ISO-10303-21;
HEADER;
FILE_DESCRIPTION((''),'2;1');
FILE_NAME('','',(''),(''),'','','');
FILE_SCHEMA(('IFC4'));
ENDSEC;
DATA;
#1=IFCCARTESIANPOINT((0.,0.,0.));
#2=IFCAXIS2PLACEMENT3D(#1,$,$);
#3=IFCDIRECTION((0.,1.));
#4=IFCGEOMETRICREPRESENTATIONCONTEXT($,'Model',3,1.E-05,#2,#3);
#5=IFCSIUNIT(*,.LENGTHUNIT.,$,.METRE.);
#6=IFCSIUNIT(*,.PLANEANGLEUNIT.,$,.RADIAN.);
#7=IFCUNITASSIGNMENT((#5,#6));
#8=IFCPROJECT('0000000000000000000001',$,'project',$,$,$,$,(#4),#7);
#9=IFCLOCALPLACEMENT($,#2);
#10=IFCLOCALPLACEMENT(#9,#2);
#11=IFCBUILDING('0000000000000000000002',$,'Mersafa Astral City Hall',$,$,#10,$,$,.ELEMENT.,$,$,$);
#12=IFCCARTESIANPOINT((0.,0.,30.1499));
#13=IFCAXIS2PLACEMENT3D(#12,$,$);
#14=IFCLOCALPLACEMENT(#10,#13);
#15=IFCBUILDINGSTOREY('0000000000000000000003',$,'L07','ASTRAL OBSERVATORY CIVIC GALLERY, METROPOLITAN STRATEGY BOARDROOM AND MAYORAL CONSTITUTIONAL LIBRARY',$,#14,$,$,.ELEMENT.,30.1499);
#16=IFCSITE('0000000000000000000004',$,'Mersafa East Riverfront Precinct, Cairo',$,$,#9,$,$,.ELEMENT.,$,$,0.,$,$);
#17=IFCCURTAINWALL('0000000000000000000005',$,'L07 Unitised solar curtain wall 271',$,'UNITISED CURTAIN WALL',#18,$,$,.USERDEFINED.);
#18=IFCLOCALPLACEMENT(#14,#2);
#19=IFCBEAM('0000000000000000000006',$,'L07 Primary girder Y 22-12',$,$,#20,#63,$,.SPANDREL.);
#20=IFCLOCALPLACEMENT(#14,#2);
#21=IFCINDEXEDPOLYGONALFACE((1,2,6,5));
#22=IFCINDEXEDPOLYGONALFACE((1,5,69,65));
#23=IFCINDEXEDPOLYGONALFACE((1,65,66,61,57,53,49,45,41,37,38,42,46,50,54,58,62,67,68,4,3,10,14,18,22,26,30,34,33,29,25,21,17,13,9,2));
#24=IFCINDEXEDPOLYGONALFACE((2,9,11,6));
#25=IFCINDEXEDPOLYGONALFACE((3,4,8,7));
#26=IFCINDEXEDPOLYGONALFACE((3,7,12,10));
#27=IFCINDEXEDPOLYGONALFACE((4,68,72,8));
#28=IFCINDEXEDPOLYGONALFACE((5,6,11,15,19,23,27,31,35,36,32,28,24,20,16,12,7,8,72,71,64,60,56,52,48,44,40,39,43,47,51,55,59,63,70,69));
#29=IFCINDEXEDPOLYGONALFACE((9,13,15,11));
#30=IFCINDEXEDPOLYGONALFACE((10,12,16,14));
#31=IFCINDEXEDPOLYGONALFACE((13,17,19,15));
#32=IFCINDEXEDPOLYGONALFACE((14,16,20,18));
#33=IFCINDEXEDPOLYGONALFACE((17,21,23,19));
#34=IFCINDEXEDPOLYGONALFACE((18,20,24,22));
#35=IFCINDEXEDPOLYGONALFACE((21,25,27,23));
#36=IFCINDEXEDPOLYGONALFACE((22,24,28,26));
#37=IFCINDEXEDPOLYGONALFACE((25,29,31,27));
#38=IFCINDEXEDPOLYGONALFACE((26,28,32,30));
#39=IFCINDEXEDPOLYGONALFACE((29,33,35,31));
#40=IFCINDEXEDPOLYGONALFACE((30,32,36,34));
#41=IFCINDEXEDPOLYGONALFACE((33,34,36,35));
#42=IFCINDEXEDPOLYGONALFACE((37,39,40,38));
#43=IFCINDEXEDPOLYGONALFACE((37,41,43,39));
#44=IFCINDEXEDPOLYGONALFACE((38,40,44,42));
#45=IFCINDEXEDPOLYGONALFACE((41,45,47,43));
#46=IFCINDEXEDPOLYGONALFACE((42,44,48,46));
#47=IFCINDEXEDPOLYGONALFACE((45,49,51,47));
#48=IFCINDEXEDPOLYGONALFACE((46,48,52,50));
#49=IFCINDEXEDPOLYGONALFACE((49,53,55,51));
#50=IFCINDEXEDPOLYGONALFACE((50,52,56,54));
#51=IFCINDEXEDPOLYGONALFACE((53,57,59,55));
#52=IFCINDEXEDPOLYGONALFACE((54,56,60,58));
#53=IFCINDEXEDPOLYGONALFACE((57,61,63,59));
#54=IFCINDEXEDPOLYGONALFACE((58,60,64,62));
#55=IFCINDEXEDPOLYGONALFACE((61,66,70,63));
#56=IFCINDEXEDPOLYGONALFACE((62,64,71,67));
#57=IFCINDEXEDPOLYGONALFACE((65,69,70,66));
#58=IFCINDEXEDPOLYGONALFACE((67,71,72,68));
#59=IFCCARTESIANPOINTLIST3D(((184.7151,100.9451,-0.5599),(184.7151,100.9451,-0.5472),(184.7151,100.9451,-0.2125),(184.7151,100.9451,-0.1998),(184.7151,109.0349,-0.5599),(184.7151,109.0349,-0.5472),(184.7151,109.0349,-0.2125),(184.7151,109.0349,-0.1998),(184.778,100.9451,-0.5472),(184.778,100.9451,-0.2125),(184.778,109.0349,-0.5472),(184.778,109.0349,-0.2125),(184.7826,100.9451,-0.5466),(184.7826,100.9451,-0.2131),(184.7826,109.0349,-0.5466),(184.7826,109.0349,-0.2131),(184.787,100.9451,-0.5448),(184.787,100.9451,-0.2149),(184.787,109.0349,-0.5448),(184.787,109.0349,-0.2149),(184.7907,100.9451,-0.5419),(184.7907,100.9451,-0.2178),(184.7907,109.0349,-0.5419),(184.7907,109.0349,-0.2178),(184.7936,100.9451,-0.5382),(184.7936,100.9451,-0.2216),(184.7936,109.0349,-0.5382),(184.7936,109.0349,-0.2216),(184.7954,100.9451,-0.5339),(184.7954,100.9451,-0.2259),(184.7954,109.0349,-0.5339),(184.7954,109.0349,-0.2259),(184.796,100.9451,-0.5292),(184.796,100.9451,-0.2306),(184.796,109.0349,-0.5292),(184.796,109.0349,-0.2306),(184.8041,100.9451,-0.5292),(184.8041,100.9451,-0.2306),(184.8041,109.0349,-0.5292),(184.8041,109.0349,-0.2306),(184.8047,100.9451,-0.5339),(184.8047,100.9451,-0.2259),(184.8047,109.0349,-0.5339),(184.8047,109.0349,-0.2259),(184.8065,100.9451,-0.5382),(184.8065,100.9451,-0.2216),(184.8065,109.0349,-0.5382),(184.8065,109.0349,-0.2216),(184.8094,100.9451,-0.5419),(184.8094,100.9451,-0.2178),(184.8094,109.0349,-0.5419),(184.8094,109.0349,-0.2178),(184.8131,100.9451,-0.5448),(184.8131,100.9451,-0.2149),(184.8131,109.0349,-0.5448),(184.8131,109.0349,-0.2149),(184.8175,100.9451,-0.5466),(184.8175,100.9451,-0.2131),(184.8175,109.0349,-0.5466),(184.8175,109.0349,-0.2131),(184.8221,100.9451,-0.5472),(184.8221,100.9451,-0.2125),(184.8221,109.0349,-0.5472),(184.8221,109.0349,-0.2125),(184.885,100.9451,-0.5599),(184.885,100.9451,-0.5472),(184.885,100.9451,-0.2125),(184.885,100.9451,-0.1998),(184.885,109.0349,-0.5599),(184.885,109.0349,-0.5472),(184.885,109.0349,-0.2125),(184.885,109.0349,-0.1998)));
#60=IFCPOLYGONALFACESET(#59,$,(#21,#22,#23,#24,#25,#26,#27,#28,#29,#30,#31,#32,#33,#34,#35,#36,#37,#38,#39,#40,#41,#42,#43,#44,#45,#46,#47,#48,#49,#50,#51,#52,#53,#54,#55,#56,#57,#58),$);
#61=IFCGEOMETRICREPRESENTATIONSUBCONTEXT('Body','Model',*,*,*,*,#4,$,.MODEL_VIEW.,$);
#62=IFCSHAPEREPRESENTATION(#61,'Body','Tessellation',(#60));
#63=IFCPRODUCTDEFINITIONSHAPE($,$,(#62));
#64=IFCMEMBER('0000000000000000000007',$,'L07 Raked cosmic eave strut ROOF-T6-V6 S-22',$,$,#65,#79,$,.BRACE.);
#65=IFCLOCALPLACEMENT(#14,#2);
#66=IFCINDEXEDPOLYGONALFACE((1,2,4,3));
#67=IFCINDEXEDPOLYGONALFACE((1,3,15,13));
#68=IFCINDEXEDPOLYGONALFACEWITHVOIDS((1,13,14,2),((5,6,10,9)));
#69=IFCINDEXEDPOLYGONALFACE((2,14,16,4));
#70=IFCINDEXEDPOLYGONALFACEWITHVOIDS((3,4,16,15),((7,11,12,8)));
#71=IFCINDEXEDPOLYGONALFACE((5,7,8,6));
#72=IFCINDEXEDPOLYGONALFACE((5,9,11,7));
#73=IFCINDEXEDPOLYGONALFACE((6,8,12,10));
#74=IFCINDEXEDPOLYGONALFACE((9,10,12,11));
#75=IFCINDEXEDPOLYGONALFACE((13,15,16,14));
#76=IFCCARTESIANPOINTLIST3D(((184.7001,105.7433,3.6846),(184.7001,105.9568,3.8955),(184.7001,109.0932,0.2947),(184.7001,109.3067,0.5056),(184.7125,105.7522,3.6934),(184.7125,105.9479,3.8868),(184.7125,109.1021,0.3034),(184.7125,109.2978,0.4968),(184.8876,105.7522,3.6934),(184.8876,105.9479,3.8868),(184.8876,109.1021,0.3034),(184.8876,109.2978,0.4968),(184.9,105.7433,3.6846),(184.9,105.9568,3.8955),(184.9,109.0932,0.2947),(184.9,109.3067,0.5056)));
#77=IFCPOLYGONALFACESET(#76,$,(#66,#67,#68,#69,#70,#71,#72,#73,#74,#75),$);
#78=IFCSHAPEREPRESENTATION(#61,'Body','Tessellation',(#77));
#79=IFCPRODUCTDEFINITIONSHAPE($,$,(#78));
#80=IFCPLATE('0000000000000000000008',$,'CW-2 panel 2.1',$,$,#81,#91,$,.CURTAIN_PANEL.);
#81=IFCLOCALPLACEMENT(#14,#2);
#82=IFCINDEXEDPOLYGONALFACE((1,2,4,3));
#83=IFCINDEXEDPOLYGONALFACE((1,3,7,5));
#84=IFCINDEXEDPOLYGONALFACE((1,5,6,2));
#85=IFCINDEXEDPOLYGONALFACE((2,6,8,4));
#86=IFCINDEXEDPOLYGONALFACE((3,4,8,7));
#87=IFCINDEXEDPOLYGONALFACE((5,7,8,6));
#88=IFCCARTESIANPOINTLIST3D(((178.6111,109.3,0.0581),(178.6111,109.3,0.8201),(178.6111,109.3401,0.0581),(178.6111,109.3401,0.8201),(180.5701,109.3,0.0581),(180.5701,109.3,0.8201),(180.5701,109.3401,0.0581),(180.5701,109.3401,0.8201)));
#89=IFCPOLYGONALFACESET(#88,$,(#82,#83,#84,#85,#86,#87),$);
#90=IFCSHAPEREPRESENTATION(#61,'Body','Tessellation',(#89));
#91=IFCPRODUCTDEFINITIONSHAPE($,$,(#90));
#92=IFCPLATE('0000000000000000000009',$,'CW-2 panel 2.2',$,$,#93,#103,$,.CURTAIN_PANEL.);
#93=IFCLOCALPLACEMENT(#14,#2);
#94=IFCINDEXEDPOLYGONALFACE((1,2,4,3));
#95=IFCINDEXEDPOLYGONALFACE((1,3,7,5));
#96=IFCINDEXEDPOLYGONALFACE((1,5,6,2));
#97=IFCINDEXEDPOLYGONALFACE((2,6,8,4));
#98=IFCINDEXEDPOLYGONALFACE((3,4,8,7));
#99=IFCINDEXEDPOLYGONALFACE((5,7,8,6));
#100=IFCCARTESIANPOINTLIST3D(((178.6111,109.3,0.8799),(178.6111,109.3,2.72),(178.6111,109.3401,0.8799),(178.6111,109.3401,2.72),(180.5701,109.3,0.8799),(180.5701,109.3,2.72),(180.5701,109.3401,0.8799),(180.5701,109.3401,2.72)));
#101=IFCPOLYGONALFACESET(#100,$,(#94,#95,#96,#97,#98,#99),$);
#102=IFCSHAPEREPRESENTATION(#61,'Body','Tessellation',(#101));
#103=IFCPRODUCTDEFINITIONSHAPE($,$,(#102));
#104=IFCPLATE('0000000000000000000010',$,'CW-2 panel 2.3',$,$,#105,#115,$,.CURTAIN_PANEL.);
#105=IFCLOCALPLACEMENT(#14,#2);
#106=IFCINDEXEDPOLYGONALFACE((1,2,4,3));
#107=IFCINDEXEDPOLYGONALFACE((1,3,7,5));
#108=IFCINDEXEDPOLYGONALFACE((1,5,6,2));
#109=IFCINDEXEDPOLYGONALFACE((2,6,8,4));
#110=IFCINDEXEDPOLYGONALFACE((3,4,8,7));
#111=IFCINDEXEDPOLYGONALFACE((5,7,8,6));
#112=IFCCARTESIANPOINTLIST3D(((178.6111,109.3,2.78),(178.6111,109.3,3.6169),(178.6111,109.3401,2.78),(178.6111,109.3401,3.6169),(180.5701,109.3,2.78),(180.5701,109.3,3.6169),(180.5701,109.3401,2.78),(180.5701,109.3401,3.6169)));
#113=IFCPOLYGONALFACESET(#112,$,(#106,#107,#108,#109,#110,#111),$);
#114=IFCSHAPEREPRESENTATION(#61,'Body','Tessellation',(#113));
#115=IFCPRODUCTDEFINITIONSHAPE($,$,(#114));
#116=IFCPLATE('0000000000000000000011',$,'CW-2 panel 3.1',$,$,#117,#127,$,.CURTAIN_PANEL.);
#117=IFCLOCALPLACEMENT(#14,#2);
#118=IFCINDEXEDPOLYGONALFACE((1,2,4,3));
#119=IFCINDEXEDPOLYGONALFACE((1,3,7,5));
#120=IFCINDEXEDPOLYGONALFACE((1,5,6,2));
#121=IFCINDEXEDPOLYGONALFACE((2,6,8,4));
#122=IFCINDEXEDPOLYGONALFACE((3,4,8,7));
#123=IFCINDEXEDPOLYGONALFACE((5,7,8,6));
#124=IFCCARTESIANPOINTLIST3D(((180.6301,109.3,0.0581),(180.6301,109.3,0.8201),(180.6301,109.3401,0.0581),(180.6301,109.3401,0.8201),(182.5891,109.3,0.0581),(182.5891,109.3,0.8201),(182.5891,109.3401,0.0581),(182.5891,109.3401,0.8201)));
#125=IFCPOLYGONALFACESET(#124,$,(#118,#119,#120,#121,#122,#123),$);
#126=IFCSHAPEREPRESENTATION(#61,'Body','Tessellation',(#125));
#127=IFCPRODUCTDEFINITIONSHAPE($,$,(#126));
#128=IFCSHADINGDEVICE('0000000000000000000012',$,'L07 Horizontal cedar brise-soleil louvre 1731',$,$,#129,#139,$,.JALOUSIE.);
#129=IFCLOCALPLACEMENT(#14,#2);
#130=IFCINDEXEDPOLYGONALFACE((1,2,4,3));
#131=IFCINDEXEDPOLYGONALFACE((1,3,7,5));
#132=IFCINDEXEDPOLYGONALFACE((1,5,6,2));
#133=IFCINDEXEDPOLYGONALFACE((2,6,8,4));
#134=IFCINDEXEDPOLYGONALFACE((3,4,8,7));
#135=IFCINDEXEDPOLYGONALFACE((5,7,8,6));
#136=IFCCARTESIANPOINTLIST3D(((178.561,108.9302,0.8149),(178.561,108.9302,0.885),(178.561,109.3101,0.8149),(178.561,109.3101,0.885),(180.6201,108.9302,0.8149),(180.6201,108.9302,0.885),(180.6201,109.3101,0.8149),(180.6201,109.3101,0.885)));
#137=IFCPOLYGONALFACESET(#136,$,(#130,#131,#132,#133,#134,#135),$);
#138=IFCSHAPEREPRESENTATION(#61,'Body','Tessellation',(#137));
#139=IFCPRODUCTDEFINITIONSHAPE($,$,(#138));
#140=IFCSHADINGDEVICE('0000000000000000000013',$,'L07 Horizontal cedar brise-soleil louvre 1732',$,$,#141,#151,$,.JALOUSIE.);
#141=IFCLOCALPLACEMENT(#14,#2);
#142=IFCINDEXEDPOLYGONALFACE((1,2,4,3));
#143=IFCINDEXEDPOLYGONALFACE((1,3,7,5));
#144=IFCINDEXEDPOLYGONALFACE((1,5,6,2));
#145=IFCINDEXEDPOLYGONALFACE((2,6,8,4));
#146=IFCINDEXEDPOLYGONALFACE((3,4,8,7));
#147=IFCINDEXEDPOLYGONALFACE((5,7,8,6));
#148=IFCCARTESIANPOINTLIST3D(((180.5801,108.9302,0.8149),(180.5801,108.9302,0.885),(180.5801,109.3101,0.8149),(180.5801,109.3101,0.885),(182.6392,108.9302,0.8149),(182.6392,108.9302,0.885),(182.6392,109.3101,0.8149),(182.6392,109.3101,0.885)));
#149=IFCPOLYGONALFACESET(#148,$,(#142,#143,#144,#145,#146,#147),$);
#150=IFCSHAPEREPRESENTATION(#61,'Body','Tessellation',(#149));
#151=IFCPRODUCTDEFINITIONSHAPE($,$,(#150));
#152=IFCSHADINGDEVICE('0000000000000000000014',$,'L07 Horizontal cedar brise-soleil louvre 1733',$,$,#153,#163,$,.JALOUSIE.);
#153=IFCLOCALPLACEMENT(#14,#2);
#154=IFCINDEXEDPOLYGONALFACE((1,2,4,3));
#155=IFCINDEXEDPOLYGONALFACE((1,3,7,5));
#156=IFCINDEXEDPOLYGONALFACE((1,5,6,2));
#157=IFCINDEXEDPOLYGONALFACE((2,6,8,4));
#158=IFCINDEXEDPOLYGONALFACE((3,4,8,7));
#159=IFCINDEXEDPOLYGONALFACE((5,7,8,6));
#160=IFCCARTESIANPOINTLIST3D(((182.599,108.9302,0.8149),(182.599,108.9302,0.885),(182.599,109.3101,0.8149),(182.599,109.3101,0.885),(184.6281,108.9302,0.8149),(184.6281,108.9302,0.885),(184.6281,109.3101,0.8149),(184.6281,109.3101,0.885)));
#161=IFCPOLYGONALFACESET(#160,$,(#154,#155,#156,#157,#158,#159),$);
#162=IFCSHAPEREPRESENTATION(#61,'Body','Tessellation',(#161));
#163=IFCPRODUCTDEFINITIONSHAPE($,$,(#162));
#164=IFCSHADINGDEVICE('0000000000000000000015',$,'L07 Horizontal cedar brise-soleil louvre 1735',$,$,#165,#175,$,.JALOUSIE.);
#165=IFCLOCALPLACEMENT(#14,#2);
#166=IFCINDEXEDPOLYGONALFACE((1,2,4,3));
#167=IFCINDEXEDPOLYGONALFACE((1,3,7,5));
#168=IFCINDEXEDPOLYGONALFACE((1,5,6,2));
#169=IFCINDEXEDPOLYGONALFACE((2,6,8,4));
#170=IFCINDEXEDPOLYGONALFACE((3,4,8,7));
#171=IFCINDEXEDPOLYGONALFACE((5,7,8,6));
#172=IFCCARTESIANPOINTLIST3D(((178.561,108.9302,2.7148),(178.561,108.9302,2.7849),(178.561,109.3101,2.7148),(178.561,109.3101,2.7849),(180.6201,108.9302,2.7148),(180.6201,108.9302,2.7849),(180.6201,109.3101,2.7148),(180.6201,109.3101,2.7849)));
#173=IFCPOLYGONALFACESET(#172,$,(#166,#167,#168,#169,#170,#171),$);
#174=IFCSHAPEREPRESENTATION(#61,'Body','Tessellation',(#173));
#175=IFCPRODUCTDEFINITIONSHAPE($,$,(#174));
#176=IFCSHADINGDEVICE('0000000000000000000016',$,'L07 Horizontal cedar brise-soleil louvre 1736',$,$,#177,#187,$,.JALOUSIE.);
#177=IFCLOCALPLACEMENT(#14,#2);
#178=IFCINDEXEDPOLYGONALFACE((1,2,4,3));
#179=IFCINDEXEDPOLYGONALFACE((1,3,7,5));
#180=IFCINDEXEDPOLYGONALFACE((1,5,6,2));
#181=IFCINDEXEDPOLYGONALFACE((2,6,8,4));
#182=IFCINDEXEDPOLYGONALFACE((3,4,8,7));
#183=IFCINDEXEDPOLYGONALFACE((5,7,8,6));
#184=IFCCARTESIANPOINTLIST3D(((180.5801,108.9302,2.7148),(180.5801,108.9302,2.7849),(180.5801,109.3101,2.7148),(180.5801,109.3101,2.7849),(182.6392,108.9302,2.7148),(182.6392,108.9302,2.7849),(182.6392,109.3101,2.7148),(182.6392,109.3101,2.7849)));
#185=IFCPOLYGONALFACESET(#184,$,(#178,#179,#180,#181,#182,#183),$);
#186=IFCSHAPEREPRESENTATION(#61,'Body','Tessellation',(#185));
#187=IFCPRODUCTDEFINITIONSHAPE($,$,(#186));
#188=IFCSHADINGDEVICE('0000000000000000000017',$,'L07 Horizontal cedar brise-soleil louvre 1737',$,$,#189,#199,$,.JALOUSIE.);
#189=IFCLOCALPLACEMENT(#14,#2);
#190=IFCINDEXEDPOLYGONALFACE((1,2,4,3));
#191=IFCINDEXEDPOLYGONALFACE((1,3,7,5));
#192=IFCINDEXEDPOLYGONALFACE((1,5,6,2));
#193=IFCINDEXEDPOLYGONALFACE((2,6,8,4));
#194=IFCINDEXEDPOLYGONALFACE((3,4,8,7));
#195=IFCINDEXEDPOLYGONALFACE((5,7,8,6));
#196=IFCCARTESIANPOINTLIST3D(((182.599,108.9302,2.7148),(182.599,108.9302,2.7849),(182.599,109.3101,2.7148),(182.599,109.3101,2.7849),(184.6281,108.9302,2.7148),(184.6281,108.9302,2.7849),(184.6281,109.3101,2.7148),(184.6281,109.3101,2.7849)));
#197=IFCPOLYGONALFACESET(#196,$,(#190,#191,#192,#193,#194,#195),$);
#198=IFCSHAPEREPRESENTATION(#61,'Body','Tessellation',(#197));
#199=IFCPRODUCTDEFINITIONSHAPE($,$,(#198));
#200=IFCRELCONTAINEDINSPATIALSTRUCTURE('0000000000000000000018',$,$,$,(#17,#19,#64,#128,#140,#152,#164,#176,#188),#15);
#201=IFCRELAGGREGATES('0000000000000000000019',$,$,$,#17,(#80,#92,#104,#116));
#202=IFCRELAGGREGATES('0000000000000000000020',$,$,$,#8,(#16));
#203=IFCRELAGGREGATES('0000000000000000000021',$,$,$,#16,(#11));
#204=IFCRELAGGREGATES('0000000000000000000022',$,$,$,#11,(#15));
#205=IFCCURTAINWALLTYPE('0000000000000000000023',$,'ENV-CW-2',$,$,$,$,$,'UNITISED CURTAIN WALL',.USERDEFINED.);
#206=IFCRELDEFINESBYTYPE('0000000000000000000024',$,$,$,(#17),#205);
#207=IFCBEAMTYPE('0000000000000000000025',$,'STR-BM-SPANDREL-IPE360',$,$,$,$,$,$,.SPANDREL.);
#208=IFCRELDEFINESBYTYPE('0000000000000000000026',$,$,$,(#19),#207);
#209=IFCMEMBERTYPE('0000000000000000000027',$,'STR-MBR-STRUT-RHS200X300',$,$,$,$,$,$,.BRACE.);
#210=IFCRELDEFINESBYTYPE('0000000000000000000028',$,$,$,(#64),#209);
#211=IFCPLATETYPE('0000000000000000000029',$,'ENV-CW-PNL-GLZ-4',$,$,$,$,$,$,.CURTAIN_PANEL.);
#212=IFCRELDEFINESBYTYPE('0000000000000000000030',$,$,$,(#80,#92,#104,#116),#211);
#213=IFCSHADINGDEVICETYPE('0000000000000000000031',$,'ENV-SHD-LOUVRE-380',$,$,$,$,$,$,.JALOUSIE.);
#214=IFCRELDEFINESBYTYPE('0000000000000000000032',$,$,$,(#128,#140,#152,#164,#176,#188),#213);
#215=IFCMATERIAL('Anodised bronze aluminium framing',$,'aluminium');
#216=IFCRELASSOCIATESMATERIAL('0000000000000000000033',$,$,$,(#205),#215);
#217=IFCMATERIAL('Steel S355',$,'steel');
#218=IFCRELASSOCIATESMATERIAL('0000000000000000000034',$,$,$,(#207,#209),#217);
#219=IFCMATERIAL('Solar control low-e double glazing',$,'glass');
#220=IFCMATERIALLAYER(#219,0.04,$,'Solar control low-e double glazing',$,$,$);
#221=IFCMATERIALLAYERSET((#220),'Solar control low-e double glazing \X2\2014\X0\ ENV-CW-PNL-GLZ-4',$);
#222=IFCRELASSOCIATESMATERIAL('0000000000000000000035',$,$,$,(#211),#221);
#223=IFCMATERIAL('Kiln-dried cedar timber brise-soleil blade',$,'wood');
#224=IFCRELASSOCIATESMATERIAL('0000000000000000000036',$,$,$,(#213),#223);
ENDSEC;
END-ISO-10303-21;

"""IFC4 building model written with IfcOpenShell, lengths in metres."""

from ifc_helpers import new_model, si_unit, direction, frame, origin, origin_2d, place, context, subcontext, project, spatial, rectangle, hollow_rectangle, i_section, extrude, material, layer, layer_set, material_profile, profile_set, type_object, element, aggregate, save


model = new_model("IFC4")

# Units and contexts
model_context = context("Model", 3, precision=1e-05, world=origin(), true_north=direction((0.0, 1.0)))
body_context = subcontext(model_context, "Body", "Model", "MODEL_VIEW")
ifc_project = project(units=[si_unit("LENGTHUNIT", "METRE"), si_unit("PLANEANGLEUNIT", "RADIAN")], contexts=[model_context])

# Site, building, storey
site_placement = place(None, origin())
site = spatial("IfcSite", under=ifc_project, at=site_placement, Name="Mersafa East Riverfront Precinct, Cairo", CompositionType="ELEMENT", RefElevation=0.0)
building_placement = place(site_placement, origin())
building = spatial("IfcBuilding", under=site, at=building_placement, Name="Mersafa Astral City Hall", CompositionType="ELEMENT")
storey_placement = place(building_placement, frame((0.0, 0.0, 30.1499)))
storey = spatial("IfcBuildingStorey", under=building, at=storey_placement, Name="L07", Description="ASTRAL OBSERVATORY CIVIC GALLERY, METROPOLITAN STRATEGY BOARDROOM AND MAYORAL CONSTITUTIONAL LIBRARY", CompositionType="ELEMENT", Elevation=30.1499)

# Shared definitions
ifc_material_1 = material(Name="Steel S355", Category="steel")

# Curtain wall
ifc_material_2 = material(Name="Anodised bronze aluminium framing", Category="aluminium")
curtain_wall_type = type_object("IfcCurtainWallType", Name="ENV-CW-2", ElementType="UNITISED CURTAIN WALL", PredefinedType="USERDEFINED", material=ifc_material_2)
curtain_wall_placement = place(storey_placement, origin())
curtain_wall = element("IfcCurtainWall", 1, at=curtain_wall_placement, inside=storey, type_object=curtain_wall_type, Name="L07 Unitised solar curtain wall 271", ObjectType="UNITISED CURTAIN WALL", PredefinedType="USERDEFINED")

# Beam
ifc_material_profile_1 = material_profile(ifc_material_1, i_section(OverallWidth=0.1699, OverallDepth=0.3601, WebThickness=0.0081, FlangeThickness=0.0127, FilletRadius=0.0181, at=origin_2d()), Name="IPE 360")
ifc_profile_set_1 = profile_set([ifc_material_profile_1], Name="Steel S355")
beam_type_1 = type_object("IfcBeamType", Name="STR-BM-SPANDREL-IPE360", PredefinedType="SPANDREL", material=ifc_profile_set_1)
beam_placement = place(storey_placement, frame((184.8, 100.9451, -0.3799), z_axis=(0.0, 1.0, 0.0), x_axis=(-1.0, 0.0, 0.0)))
element("IfcBeam", 2, at=beam_placement, inside=storey, type_object=beam_type_1, Name="L07 Primary girder Y 22-12", PredefinedType="SPANDREL", context=body_context, shape_type="SweptSolid", body=[
    extrude(i_section(OverallWidth=0.1699, OverallDepth=0.3601, WebThickness=0.0081, FlangeThickness=0.0127, FilletRadius=0.0181, at=origin_2d()), origin(), (0.0, 0.0, 1.0), 8.0898),
])

# Member
ifc_material_profile_2 = material_profile(ifc_material_1, hollow_rectangle(XDim=0.2, YDim=0.3, WallThickness=0.0125, at=origin_2d()), Name="RHS 200x300x12.5")
ifc_profile_set_2 = profile_set([ifc_material_profile_2], Name="Steel S355")
member_type_1 = type_object("IfcMemberType", Name="STR-MBR-STRUT-RHS200X300", PredefinedType="BRACE", material=ifc_profile_set_2)
member_1_placement = place(storey_placement, frame((184.8, 109.2, 0.4001), z_axis=(0.0, -0.702894, 0.711295), x_axis=(1.0, 0.0, 0.0)))
element("IfcMember", 3, at=member_1_placement, inside=storey, type_object=member_type_1, Name="L07 Raked cosmic eave strut ROOF-T6-V6 S-22", PredefinedType="BRACE", context=body_context, shape_type="SweptSolid", body=[
    extrude(hollow_rectangle(XDim=0.2, YDim=0.3, WallThickness=0.0125, at=origin_2d()), origin(), (0.0, 0.0, 1.0), 4.7659),
])

# Plates
ifc_material_3 = material(Name="Solar control low-e double glazing", Category="glass")
ifc_layer = layer(ifc_material_3, 0.04, Name="Solar control low-e double glazing")
ifc_layer_set = layer_set([ifc_layer], Name="Solar control low-e double glazing — ENV-CW-PNL-GLZ-4")
plate_type = type_object("IfcPlateType", Name="ENV-CW-PNL-GLZ-4", PredefinedType="CURTAIN_PANEL", material=ifc_layer_set)
plate_1_placement = place(storey_placement, frame((179.5906, 109.3201, 0.0581), z_axis=(0.0, 0.0, 1.0), x_axis=(1.0, 0.0, 0.0)))
plate_1 = element("IfcPlate", 4, at=plate_1_placement, type_object=plate_type, Name="CW-2 panel 2.1", PredefinedType="CURTAIN_PANEL", context=body_context, shape_type="SweptSolid", body=[
    extrude(rectangle(XDim=1.959, YDim=0.04, at=origin_2d()), origin(), (0.0, 0.0, 1.0), 0.762),
])
plate_2_placement = place(storey_placement, frame((179.5906, 109.3201, 0.8799), z_axis=(0.0, 0.0, 1.0), x_axis=(1.0, 0.0, 0.0)))
plate_2 = element("IfcPlate", 5, at=plate_2_placement, type_object=plate_type, Name="CW-2 panel 2.2", PredefinedType="CURTAIN_PANEL", context=body_context, shape_type="SweptSolid", body=[
    extrude(rectangle(XDim=1.959, YDim=0.04, at=origin_2d()), origin(), (0.0, 0.0, 1.0), 1.8401),
])
plate_3_placement = place(storey_placement, frame((179.5906, 109.3201, 2.78), z_axis=(0.0, 0.0, 1.0), x_axis=(1.0, 0.0, 0.0)))
plate_3 = element("IfcPlate", 6, at=plate_3_placement, type_object=plate_type, Name="CW-2 panel 2.3", PredefinedType="CURTAIN_PANEL", context=body_context, shape_type="SweptSolid", body=[
    extrude(rectangle(XDim=1.959, YDim=0.04, at=origin_2d()), origin(), (0.0, 0.0, 1.0), 0.8369),
])
plate_4_placement = place(storey_placement, frame((181.6096, 109.3201, 0.0581), z_axis=(0.0, 0.0, 1.0), x_axis=(1.0, 0.0, 0.0)))
plate_4 = element("IfcPlate", 7, at=plate_4_placement, type_object=plate_type, Name="CW-2 panel 3.1", PredefinedType="CURTAIN_PANEL", context=body_context, shape_type="SweptSolid", body=[
    extrude(rectangle(XDim=1.959, YDim=0.04, at=origin_2d()), origin(), (0.0, 0.0, 1.0), 0.762),
])
aggregate(curtain_wall, [plate_1, plate_2, plate_3, plate_4])

# Shading devices
ifc_material_4 = material(Name="Kiln-dried cedar timber brise-soleil blade", Category="wood")
shading_device_type = type_object("IfcShadingDeviceType", Name="ENV-SHD-LOUVRE-380", PredefinedType="JALOUSIE", material=ifc_material_4)
for number, where, z_axis, x_axis, name in (
    (8, (179.5906, 109.1201, 0.8149), (0.0, 0.0, 1.0), (1.0, 0.0, 0.0), "L07 Horizontal cedar brise-soleil louvre 1731"),
    (9, (181.6096, 109.1201, 0.8149), (0.0, 0.0, 1.0), (1.0, 0.0, 0.0), "L07 Horizontal cedar brise-soleil louvre 1732"),
):
    element("IfcShadingDevice", number, at=place(storey_placement, frame(where, z_axis=z_axis, x_axis=x_axis)), inside=storey, type_object=shading_device_type, Name=name, PredefinedType="JALOUSIE", context=body_context, shape_type="SweptSolid", body=[
        extrude(rectangle(XDim=2.0591, YDim=0.3799, at=origin_2d()), origin(), (0.0, 0.0, 1.0), 0.0701),
    ])
shading_device_1_placement = place(storey_placement, frame((183.6135, 109.1201, 0.8149), z_axis=(0.0, 0.0, 1.0), x_axis=(1.0, 0.0, 0.0)))
element("IfcShadingDevice", 10, at=shading_device_1_placement, inside=storey, type_object=shading_device_type, Name="L07 Horizontal cedar brise-soleil louvre 1733", PredefinedType="JALOUSIE", context=body_context, shape_type="SweptSolid", body=[
    extrude(rectangle(XDim=2.0291, YDim=0.3799, at=origin_2d()), origin(), (0.0, 0.0, 1.0), 0.0701),
])
for number, where, z_axis, x_axis, name in (
    (11, (179.5906, 109.1201, 2.7148), (0.0, 0.0, 1.0), (1.0, 0.0, 0.0), "L07 Horizontal cedar brise-soleil louvre 1735"),
    (12, (181.6096, 109.1201, 2.7148), (0.0, 0.0, 1.0), (1.0, 0.0, 0.0), "L07 Horizontal cedar brise-soleil louvre 1736"),
):
    element("IfcShadingDevice", number, at=place(storey_placement, frame(where, z_axis=z_axis, x_axis=x_axis)), inside=storey, type_object=shading_device_type, Name=name, PredefinedType="JALOUSIE", context=body_context, shape_type="SweptSolid", body=[
        extrude(rectangle(XDim=2.0591, YDim=0.3799, at=origin_2d()), origin(), (0.0, 0.0, 1.0), 0.0701),
    ])
shading_device_2_placement = place(storey_placement, frame((183.6135, 109.1201, 2.7148), z_axis=(0.0, 0.0, 1.0), x_axis=(1.0, 0.0, 0.0)))
element("IfcShadingDevice", 13, at=shading_device_2_placement, inside=storey, type_object=shading_device_type, Name="L07 Horizontal cedar brise-soleil louvre 1737", PredefinedType="JALOUSIE", context=body_context, shape_type="SweptSolid", body=[
    extrude(rectangle(XDim=2.0291, YDim=0.3799, at=origin_2d()), origin(), (0.0, 0.0, 1.0), 0.0701),
])

save(model, "model.ifc")
